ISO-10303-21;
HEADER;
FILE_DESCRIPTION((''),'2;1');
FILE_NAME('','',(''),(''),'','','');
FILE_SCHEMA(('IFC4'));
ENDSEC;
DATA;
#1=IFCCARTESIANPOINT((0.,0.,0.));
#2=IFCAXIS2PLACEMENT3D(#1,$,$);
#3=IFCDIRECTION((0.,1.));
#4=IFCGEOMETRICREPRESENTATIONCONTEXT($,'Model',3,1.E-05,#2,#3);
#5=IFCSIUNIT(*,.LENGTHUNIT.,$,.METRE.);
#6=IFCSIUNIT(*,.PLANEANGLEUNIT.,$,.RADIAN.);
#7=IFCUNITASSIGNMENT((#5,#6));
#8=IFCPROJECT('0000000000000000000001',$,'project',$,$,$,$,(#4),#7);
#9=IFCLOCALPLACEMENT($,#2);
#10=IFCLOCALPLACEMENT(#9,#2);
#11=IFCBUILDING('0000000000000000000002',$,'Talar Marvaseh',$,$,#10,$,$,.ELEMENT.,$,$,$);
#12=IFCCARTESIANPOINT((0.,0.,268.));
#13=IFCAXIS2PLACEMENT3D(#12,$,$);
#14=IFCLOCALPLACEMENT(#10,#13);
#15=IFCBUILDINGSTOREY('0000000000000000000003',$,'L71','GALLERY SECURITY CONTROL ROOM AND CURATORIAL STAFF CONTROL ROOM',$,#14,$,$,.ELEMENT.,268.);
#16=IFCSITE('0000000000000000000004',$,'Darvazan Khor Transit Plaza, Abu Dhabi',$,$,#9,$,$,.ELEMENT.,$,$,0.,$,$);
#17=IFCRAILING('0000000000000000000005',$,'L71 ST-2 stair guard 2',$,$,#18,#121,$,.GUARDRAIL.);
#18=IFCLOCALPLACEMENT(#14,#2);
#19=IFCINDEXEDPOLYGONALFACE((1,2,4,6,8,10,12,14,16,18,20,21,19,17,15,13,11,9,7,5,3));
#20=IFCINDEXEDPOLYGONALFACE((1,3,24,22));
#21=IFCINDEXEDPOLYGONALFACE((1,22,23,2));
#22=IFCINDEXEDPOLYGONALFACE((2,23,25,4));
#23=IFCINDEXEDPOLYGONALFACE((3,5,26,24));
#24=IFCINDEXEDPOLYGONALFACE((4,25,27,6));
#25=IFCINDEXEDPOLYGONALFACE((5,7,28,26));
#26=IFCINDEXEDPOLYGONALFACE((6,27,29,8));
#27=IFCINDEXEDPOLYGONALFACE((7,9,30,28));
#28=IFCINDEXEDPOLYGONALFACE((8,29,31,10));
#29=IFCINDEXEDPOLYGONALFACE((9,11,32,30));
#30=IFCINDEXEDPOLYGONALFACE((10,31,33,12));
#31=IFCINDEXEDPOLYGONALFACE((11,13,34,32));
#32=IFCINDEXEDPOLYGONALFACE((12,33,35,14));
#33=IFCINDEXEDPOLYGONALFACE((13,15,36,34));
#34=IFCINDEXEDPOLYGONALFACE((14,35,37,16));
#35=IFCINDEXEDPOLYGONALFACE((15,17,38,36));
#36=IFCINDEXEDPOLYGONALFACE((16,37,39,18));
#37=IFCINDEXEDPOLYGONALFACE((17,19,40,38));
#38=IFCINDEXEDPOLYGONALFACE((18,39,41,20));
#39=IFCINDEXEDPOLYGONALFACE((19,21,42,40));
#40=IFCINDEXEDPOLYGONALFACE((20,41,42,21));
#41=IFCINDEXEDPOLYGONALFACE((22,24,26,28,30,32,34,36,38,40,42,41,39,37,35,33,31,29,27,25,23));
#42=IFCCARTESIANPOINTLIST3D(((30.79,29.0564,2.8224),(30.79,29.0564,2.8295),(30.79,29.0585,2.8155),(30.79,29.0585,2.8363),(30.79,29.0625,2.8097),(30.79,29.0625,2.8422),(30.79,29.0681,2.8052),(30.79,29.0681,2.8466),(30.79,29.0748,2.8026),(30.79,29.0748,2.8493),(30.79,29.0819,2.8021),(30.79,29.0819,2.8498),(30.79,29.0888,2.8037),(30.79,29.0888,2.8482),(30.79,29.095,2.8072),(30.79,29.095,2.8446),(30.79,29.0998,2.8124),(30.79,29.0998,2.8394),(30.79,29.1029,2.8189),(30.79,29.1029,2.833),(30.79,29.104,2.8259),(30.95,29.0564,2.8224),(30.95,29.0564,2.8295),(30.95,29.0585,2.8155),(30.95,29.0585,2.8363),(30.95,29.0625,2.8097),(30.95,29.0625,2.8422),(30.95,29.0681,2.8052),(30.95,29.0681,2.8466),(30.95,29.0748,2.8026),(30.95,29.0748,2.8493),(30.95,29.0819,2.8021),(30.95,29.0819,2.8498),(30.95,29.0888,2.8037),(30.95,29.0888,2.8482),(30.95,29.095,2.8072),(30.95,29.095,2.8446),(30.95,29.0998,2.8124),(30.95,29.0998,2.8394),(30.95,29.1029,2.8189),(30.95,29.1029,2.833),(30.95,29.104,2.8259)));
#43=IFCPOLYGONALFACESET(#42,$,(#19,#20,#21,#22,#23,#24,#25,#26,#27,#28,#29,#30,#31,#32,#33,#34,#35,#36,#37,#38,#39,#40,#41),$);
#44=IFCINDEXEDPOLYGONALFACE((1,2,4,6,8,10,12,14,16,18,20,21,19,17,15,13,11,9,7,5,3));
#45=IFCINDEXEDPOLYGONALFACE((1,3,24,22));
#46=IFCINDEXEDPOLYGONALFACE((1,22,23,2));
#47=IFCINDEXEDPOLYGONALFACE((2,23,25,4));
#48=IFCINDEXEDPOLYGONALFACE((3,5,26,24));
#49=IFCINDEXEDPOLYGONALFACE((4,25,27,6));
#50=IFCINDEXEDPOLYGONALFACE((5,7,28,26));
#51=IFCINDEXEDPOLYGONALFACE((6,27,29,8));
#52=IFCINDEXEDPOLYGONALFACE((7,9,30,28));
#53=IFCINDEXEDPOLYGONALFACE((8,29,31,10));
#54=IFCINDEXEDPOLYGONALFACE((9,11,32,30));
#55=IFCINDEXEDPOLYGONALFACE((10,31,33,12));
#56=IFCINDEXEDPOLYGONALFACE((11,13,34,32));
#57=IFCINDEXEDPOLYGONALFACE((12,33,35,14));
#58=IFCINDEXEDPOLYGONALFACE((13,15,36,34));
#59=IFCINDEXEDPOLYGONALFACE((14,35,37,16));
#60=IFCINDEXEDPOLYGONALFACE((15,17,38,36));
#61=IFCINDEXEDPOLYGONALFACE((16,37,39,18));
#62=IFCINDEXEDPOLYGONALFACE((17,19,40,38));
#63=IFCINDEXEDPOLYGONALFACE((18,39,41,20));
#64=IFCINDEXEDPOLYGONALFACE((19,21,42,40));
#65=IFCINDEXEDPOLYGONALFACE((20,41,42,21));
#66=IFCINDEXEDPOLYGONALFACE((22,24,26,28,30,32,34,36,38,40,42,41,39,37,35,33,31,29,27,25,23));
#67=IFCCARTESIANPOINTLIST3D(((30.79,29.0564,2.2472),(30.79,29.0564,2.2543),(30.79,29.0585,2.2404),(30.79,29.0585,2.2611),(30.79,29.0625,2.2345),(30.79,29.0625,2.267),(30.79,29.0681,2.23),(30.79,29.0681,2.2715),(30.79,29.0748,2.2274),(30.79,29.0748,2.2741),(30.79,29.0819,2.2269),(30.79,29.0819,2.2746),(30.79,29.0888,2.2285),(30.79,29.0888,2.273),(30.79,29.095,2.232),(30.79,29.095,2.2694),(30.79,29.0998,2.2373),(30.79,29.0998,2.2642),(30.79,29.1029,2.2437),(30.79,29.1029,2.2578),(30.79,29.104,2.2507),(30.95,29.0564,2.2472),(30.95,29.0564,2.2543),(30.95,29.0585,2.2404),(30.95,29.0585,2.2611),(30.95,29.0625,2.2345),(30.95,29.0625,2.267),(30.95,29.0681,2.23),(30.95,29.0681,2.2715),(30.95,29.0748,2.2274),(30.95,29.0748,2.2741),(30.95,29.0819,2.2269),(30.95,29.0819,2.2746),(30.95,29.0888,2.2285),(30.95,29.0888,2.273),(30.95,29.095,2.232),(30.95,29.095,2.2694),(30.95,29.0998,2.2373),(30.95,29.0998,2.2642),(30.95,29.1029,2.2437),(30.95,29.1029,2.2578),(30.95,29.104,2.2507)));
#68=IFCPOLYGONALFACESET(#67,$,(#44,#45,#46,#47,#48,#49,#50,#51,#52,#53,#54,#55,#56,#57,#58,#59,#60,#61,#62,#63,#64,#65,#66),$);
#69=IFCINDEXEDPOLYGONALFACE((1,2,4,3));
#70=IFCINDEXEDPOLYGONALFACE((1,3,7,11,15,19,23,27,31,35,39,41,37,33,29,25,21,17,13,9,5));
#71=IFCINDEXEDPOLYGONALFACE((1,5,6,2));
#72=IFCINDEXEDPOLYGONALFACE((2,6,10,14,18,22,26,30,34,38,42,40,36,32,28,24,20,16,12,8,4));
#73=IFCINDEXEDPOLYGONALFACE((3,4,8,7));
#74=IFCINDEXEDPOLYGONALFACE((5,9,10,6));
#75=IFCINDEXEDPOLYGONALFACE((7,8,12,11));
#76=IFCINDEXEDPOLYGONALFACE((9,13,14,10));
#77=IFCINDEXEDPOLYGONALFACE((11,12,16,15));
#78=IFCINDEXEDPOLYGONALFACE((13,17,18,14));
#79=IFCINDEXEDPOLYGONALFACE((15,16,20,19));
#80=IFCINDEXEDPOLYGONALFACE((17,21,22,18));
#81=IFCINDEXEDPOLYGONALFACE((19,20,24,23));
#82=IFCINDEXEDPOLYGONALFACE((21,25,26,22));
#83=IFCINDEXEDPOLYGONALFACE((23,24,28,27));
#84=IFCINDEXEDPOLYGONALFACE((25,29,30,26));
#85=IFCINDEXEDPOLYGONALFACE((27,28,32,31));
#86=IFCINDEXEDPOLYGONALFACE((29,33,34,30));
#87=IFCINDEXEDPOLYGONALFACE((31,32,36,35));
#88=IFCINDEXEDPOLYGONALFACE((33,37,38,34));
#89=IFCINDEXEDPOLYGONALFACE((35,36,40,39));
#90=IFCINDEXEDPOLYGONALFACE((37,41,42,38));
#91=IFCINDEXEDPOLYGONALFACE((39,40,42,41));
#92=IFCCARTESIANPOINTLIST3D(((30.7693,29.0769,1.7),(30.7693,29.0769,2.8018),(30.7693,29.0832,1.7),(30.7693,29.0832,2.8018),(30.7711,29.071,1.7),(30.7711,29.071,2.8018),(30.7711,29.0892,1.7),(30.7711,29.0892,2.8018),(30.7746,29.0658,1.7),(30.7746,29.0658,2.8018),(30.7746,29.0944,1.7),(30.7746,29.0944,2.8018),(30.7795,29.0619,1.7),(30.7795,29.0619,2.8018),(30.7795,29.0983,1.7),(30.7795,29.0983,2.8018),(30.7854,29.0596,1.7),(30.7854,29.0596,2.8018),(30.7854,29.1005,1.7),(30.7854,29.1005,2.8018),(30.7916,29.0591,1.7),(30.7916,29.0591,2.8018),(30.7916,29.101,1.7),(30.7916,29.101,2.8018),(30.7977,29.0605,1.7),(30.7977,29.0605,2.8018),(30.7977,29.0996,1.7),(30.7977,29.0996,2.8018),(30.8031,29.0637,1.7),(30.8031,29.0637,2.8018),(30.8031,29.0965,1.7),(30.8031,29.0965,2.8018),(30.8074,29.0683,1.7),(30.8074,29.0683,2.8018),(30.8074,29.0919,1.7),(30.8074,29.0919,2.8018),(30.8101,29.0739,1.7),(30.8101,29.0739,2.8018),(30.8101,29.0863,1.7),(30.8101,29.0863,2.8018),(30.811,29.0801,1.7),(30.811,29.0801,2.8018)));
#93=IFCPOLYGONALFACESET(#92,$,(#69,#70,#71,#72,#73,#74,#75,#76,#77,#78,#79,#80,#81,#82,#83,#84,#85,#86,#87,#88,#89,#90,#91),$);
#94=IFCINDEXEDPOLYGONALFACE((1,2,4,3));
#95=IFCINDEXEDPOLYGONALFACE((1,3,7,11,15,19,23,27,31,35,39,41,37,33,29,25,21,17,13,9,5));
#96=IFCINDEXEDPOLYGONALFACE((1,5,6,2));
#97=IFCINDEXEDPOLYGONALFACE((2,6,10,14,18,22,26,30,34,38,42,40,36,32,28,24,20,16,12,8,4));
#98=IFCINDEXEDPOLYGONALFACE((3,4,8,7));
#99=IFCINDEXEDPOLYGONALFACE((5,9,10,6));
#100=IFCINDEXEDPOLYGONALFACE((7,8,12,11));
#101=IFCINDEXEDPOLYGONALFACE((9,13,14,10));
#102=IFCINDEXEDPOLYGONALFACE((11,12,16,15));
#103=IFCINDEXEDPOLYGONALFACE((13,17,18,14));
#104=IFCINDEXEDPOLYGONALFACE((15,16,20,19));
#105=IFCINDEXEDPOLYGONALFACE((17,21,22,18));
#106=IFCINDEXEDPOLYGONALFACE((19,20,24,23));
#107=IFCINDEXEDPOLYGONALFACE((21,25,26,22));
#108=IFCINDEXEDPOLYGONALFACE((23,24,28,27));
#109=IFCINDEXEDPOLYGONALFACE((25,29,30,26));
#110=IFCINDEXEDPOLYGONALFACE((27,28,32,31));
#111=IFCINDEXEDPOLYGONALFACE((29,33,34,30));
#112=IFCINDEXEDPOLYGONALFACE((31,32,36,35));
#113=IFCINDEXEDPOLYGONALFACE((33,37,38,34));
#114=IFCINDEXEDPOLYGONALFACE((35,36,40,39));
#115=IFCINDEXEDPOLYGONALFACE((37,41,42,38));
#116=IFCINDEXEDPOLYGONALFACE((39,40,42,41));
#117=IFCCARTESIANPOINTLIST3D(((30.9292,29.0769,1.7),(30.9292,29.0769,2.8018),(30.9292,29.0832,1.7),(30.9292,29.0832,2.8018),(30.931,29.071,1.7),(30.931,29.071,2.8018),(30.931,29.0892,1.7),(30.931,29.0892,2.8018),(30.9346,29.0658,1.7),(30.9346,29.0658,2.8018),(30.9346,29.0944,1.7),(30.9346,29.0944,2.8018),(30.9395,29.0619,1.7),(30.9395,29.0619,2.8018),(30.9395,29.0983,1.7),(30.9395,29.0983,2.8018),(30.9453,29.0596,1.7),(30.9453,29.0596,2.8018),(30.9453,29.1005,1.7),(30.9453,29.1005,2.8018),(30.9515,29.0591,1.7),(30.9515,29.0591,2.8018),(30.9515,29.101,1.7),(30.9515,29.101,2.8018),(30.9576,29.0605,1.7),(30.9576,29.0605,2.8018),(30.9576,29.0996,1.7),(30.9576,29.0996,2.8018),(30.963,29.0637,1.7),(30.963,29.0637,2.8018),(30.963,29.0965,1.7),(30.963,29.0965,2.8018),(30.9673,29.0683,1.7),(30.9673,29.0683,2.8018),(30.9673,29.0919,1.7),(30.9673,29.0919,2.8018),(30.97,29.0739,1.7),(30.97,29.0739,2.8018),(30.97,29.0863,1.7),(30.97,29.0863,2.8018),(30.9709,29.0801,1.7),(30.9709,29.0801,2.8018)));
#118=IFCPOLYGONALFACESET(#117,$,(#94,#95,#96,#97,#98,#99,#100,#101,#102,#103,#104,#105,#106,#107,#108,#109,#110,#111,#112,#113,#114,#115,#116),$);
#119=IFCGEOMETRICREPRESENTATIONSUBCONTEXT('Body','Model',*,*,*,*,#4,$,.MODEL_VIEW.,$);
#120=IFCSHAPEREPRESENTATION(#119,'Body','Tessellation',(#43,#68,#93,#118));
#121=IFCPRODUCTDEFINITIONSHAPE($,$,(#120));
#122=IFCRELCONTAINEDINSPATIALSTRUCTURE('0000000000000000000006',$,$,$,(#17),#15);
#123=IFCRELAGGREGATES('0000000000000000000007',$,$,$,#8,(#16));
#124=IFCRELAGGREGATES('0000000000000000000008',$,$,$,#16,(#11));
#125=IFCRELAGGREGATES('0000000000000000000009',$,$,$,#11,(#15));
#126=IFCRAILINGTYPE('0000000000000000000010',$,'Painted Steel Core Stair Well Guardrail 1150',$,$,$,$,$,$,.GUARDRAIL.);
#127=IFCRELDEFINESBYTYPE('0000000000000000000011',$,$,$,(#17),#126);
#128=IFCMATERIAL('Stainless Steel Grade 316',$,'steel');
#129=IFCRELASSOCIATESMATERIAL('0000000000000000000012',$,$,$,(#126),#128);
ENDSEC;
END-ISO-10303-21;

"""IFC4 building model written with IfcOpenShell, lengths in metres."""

from ifc_helpers import new_model, si_unit, direction, frame, origin, origin_2d, place, context, subcontext, project, spatial, circle, extrude, material, type_object, element, save


model = new_model("IFC4")

# Units and contexts
model_context = context("Model", 3, precision=1e-05, world=origin(), true_north=direction((0.0, 1.0)))
body_context = subcontext(model_context, "Body", "Model", "MODEL_VIEW")
ifc_project = project(units=[si_unit("LENGTHUNIT", "METRE"), si_unit("PLANEANGLEUNIT", "RADIAN")], contexts=[model_context])

# Site, building, storey
site_placement = place(None, origin())
site = spatial("IfcSite", under=ifc_project, at=site_placement, Name="Darvazan Khor Transit Plaza, Abu Dhabi", CompositionType="ELEMENT", RefElevation=0.0)
building_placement = place(site_placement, origin())
building = spatial("IfcBuilding", under=site, at=building_placement, Name="Talar Marvaseh", CompositionType="ELEMENT")
storey_placement = place(building_placement, frame((0.0, 0.0, 268.0)))
storey = spatial("IfcBuildingStorey", under=building, at=storey_placement, Name="L71", Description="GALLERY SECURITY CONTROL ROOM AND CURATORIAL STAFF CONTROL ROOM", CompositionType="ELEMENT", Elevation=268.0)

# Shared definitions
ifc_material_1 = material(Name="Stainless Steel Grade 316", Category="steel")

# Railing
railing_type_1 = type_object("IfcRailingType", Name="Painted Steel Core Stair Well Guardrail 1150", PredefinedType="GUARDRAIL", material=ifc_material_1)
railing_1_placement = place(storey_placement, frame((30.79, 29.0801, 1.7)))
element("IfcRailing", 1, at=railing_1_placement, inside=storey, type_object=railing_type_1, Name="L71 ST-2 stair guard 2", PredefinedType="GUARDRAIL", context=body_context, shape_type="SweptSolid", body=[
    extrude(circle(Radius=0.0239, at=origin_2d()), frame((0.0, 0.0, 1.126), z_axis=(1.0, 0.0, 0.0), x_axis=(0.0, 1.0, 0.0)), (0.0, 0.0, 1.0), 0.1599),
    extrude(circle(Radius=0.0239, at=origin_2d()), frame((0.0, 0.0, 0.5508), z_axis=(1.0, 0.0, 0.0), x_axis=(0.0, 1.0, 0.0)), (0.0, 0.0, 1.0), 0.1599),
    extrude(circle(Radius=0.021, at=origin_2d()), origin(), (0.0, 0.0, 1.0), 1.1018),
    extrude(circle(Radius=0.021, at=origin_2d()), frame((0.1599, 0.0, 0.0)), (0.0, 0.0, 1.0), 1.1018),
])

save(model, "model.ifc")
